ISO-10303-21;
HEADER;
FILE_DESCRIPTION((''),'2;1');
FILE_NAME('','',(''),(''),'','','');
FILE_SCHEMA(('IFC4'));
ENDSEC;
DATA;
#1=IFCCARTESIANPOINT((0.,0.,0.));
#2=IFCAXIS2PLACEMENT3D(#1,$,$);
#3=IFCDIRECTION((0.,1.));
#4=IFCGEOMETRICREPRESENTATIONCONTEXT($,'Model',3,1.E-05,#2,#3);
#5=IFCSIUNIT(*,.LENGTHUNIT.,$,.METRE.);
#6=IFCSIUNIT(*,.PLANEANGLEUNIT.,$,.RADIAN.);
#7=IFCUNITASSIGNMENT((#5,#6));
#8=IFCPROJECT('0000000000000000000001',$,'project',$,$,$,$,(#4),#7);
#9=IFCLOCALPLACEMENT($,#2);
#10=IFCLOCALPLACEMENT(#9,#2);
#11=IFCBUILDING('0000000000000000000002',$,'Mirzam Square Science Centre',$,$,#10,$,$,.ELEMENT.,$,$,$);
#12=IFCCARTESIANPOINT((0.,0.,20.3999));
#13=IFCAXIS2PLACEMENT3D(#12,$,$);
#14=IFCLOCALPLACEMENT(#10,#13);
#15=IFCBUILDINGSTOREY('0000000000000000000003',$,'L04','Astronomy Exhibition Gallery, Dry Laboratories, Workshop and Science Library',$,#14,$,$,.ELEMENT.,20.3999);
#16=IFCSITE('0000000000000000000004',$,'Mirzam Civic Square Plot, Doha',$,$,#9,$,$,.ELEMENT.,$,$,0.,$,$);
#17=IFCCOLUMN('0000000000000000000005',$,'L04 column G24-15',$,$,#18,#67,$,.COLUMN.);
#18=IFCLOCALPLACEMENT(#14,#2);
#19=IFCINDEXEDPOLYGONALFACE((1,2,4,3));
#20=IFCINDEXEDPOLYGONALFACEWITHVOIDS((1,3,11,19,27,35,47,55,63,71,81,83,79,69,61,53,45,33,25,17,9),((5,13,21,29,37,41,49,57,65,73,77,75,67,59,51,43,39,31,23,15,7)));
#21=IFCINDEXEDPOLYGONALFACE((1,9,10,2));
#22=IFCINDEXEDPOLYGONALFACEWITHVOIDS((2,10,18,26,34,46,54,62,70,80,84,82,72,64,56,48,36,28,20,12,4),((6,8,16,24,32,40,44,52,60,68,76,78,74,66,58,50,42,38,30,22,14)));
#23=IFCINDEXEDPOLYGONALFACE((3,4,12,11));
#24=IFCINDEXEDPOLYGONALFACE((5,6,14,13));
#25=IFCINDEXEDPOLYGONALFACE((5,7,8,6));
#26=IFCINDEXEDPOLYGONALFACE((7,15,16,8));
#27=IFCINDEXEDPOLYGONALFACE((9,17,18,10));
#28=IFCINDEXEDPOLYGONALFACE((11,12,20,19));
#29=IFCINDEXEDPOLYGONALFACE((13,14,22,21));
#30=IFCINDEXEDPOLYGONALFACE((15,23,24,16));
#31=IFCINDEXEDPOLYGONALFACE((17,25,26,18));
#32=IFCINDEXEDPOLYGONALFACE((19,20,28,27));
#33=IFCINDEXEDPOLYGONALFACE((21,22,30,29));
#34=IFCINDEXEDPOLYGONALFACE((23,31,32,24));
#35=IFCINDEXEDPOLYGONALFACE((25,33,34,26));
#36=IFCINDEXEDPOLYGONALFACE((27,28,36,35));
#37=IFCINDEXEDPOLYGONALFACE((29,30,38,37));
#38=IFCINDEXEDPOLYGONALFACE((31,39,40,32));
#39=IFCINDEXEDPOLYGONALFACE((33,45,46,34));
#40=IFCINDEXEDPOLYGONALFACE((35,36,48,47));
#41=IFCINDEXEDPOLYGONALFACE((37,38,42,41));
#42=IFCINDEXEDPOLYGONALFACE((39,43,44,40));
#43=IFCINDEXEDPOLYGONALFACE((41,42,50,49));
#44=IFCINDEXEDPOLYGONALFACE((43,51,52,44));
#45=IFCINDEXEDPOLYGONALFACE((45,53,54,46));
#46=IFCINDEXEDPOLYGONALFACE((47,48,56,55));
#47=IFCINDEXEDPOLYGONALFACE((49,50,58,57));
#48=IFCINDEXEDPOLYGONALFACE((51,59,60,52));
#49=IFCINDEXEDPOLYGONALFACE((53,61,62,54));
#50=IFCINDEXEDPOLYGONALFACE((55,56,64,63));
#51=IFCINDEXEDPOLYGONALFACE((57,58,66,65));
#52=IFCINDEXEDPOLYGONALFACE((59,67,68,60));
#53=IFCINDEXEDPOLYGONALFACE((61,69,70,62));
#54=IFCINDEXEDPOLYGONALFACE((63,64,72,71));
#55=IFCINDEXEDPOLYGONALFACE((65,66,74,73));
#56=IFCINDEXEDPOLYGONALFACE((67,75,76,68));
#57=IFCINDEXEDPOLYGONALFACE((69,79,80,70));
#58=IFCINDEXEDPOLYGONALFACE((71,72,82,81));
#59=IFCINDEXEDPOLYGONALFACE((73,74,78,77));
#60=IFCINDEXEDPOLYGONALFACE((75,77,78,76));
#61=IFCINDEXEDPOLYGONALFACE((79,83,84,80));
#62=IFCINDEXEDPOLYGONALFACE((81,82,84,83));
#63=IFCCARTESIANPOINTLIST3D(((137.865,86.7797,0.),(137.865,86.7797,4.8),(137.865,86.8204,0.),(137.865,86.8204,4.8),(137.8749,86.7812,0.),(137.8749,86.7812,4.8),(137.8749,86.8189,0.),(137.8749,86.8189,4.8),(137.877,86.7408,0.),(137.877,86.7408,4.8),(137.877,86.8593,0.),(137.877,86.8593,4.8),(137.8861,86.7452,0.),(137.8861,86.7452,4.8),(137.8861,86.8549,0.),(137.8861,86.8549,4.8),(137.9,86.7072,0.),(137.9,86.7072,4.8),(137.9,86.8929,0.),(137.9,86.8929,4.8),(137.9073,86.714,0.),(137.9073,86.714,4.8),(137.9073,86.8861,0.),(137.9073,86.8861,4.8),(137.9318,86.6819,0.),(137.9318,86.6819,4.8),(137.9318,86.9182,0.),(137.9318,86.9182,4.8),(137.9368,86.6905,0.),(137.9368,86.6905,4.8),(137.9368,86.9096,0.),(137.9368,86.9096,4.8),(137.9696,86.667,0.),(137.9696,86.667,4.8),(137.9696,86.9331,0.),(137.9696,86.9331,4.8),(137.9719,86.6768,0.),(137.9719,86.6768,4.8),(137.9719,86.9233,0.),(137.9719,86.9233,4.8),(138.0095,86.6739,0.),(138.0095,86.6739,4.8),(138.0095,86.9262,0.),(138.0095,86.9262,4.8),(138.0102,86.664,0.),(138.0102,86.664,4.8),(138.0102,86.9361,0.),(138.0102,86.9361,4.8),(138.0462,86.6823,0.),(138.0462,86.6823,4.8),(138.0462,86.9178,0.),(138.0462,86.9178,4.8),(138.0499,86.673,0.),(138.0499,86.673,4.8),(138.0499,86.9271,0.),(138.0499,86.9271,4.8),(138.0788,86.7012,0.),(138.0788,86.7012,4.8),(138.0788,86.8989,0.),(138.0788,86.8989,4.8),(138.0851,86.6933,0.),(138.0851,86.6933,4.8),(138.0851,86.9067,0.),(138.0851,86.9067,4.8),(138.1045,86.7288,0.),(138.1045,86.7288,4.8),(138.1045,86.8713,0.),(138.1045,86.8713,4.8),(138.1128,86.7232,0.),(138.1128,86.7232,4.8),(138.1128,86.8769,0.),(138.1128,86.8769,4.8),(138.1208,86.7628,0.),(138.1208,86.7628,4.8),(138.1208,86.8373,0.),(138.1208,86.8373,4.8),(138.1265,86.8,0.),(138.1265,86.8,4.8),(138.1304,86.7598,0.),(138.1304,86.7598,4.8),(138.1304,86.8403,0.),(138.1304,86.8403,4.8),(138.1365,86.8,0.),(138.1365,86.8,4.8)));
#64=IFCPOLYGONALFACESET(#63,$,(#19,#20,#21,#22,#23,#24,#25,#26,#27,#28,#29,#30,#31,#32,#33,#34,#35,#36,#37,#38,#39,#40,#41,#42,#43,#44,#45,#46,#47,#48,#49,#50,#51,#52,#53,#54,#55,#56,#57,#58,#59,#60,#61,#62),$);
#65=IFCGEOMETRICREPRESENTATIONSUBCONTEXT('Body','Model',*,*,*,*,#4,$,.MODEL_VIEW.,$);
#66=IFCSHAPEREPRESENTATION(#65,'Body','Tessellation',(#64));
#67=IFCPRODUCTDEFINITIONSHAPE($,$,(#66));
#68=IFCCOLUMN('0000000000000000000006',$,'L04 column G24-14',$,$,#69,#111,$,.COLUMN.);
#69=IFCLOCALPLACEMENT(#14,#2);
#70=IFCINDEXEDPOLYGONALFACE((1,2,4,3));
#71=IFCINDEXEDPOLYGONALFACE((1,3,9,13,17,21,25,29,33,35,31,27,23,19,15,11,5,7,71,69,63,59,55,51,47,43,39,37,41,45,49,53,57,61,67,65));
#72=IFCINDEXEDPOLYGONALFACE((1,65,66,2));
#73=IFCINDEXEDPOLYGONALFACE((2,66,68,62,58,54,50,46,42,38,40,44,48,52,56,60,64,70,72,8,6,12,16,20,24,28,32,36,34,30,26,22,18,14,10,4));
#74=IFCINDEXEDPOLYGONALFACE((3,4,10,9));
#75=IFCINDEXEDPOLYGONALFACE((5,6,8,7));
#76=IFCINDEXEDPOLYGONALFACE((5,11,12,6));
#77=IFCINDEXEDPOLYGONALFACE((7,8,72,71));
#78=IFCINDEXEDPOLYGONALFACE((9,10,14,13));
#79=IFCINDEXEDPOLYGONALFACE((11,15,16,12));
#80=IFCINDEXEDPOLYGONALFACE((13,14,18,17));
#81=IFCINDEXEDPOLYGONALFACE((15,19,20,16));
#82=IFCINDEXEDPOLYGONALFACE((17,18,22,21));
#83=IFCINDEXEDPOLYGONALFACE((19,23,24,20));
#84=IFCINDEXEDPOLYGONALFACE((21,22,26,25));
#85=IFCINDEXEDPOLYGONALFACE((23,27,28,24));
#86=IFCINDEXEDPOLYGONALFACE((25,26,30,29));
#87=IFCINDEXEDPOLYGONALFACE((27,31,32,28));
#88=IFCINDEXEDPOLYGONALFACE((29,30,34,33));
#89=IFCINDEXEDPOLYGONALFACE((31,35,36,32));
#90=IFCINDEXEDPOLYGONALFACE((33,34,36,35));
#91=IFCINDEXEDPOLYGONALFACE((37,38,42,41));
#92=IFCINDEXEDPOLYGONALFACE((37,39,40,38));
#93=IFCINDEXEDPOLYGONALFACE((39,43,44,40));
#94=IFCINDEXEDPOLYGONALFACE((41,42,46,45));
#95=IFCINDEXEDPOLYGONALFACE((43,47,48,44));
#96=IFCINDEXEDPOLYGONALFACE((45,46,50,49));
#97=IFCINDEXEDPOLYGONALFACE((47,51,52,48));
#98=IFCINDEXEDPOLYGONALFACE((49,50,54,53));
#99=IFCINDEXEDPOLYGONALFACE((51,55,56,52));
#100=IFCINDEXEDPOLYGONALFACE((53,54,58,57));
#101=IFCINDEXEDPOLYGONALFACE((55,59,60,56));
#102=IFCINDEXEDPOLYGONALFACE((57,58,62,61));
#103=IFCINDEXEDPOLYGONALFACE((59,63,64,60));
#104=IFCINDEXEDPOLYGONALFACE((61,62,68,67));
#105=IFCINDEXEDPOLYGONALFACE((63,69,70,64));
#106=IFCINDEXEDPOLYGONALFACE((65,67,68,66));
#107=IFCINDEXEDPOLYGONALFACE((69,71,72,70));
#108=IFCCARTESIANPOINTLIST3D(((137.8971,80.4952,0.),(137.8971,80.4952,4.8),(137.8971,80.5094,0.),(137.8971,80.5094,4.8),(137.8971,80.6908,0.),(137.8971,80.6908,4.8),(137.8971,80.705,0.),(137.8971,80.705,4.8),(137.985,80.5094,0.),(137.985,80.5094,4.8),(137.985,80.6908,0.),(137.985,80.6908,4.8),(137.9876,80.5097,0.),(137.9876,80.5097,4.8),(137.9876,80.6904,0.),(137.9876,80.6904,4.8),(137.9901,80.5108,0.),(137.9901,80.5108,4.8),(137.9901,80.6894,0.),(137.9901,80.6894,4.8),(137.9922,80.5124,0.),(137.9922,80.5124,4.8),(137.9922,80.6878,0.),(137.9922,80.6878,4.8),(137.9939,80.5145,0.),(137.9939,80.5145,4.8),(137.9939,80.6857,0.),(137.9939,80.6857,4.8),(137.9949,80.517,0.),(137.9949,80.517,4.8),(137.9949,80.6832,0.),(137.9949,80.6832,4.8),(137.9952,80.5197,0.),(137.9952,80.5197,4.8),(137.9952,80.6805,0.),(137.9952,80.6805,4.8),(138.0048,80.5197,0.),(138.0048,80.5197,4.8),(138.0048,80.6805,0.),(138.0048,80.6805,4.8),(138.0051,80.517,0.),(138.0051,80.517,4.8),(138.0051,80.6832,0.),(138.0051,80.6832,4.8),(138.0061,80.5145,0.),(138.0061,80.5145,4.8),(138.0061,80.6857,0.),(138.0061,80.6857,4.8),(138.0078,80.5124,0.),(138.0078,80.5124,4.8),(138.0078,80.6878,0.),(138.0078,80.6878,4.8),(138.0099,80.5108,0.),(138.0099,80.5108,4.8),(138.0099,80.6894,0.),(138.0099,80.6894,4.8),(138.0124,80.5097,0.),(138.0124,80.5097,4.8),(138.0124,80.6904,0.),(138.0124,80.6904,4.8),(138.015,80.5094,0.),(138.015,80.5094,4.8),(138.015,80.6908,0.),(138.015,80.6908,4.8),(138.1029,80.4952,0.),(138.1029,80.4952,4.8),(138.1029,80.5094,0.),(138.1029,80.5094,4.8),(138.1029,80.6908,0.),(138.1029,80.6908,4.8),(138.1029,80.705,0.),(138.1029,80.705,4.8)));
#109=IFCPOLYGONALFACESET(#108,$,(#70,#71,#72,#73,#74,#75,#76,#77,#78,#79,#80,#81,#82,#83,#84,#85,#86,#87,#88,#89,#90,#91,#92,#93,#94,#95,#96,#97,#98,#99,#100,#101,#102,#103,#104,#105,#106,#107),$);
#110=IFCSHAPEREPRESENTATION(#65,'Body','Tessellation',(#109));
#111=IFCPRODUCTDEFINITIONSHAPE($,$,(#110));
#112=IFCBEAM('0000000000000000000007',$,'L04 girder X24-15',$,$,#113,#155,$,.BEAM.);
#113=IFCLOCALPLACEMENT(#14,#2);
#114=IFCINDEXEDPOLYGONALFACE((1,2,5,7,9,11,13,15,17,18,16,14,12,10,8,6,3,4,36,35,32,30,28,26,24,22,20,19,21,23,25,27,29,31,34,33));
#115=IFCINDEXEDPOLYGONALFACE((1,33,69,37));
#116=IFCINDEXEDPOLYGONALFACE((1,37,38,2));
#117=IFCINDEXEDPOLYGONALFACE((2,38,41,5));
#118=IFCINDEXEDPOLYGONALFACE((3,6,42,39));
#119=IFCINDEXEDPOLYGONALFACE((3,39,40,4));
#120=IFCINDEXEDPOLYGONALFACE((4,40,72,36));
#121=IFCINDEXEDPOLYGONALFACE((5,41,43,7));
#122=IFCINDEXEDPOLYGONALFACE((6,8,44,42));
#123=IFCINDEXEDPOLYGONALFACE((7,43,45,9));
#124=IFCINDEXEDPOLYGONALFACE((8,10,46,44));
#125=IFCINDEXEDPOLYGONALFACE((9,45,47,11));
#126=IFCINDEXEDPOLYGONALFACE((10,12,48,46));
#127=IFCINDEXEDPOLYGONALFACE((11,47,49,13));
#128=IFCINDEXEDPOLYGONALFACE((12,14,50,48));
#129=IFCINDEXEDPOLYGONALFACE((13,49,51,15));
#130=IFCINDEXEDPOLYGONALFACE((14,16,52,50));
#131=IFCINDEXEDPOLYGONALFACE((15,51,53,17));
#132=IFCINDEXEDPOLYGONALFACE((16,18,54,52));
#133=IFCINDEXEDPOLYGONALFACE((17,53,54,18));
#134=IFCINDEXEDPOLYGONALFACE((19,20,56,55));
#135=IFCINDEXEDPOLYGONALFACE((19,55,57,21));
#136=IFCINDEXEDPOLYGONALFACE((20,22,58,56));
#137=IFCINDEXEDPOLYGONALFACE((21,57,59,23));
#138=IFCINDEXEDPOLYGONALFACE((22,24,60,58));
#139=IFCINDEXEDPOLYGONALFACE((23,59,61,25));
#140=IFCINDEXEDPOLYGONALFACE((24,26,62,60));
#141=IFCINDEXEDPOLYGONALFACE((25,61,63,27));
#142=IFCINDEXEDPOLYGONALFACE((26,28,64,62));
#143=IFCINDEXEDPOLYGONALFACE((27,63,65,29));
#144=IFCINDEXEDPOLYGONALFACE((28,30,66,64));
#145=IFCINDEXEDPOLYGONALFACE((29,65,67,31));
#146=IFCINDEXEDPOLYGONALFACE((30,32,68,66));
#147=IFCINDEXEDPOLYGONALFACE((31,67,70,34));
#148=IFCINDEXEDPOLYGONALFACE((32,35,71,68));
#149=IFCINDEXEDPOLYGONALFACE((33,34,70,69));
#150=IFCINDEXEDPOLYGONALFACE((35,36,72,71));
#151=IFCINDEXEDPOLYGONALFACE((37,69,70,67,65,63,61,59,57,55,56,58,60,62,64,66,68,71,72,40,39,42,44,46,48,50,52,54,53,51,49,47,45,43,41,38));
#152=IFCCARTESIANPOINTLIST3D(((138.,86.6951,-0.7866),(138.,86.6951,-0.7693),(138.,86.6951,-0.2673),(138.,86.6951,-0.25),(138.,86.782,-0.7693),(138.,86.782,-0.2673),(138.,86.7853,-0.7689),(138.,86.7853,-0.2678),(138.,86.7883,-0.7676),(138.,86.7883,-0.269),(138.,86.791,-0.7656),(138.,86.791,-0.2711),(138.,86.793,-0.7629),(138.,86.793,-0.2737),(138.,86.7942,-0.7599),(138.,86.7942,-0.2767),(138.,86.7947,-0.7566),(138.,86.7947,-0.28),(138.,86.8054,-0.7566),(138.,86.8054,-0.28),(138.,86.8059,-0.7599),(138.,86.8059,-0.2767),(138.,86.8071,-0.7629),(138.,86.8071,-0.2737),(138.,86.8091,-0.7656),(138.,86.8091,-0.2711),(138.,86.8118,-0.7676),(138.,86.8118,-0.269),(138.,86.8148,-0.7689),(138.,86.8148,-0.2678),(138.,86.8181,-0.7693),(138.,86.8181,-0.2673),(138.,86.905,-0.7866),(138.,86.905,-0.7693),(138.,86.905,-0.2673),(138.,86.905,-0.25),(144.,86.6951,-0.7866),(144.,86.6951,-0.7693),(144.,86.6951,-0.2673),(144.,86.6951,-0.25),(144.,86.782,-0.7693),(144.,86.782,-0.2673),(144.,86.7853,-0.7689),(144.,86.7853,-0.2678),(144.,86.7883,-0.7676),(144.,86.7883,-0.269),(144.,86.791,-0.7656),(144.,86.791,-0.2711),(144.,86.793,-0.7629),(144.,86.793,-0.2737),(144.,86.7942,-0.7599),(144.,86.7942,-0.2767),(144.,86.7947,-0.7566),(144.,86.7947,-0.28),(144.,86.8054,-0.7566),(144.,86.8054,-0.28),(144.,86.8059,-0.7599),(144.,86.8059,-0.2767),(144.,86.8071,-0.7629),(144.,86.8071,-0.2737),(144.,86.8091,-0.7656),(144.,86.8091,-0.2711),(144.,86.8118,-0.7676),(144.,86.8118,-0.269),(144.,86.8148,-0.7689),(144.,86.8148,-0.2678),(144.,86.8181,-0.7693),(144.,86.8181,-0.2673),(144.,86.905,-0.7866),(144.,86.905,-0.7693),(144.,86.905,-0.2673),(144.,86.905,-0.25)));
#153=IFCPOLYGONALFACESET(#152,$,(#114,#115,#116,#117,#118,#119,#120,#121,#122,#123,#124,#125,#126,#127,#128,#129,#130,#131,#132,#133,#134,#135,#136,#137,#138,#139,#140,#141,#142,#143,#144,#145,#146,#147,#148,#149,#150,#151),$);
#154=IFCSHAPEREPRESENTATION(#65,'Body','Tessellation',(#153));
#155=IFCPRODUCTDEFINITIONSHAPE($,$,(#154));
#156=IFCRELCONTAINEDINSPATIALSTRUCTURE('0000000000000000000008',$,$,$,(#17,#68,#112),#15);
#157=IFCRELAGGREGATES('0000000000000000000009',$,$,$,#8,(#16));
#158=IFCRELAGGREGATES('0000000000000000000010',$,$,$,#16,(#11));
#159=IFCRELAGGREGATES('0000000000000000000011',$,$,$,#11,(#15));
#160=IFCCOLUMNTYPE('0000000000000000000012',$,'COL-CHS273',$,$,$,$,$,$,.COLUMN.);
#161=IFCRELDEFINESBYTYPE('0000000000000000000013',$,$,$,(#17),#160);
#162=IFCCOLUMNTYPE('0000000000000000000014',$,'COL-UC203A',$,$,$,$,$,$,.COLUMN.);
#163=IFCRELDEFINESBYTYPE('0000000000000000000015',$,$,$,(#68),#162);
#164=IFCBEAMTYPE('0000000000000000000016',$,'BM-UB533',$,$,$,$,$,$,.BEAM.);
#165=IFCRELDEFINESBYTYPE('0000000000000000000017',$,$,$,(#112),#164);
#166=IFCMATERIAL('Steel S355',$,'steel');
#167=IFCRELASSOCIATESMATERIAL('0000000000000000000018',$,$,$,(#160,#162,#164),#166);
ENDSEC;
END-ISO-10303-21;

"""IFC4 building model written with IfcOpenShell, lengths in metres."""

from ifc_helpers import new_model, si_unit, direction, frame, origin, origin_2d, place, context, subcontext, project, spatial, hollow_circle, i_section, extrude, material, material_profile, profile_set, type_object, element, save


model = new_model("IFC4")

# Units and contexts
model_context = context("Model", 3, precision=1e-05, world=origin(), true_north=direction((0.0, 1.0)))
body_context = subcontext(model_context, "Body", "Model", "MODEL_VIEW")
ifc_project = project(units=[si_unit("LENGTHUNIT", "METRE"), si_unit("PLANEANGLEUNIT", "RADIAN")], contexts=[model_context])

# Site, building, storey
site_placement = place(None, origin())
site = spatial("IfcSite", under=ifc_project, at=site_placement, Name="Mirzam Civic Square Plot, Doha", CompositionType="ELEMENT", RefElevation=0.0)
building_placement = place(site_placement, origin())
building = spatial("IfcBuilding", under=site, at=building_placement, Name="Mirzam Square Science Centre", CompositionType="ELEMENT")
storey_placement = place(building_placement, frame((0.0, 0.0, 20.3999)))
storey = spatial("IfcBuildingStorey", under=building, at=storey_placement, Name="L04", Description="Astronomy Exhibition Gallery, Dry Laboratories, Workshop and Science Library", CompositionType="ELEMENT", Elevation=20.3999)

# Columns
ifc_material_1 = material(Name="Steel S355", Category="steel")
ifc_material_profile_1 = material_profile(ifc_material_1, hollow_circle(Radius=0.1365, WallThickness=0.01, at=origin_2d()), Name="273.0x10.0CHS")
ifc_profile_set_1 = profile_set([ifc_material_profile_1], Name="Steel S355")
column_type_1 = type_object("IfcColumnType", Name="COL-CHS273", PredefinedType="COLUMN", material=ifc_profile_set_1)
column_1_placement = place(storey_placement, frame((138.0, 86.8, 0.0), z_axis=(0.0, 0.0, 1.0), x_axis=(1.0, 0.0, 0.0)))
element("IfcColumn", 1, at=column_1_placement, inside=storey, type_object=column_type_1, Name="L04 column G24-15", PredefinedType="COLUMN", context=body_context, shape_type="SweptSolid", body=[
    extrude(hollow_circle(Radius=0.1365, WallThickness=0.01, at=origin_2d()), origin(), (0.0, 0.0, 1.0), 4.8),
])
ifc_material_profile_2 = material_profile(ifc_material_1, i_section(OverallWidth=0.2058, OverallDepth=0.2097, WebThickness=0.0095, FlangeThickness=0.0142, FilletRadius=0.0103, at=origin_2d()), Name="203x203x60UC")
ifc_profile_set_2 = profile_set([ifc_material_profile_2], Name="Steel S355")
column_type_2 = type_object("IfcColumnType", Name="COL-UC203A", PredefinedType="COLUMN", material=ifc_profile_set_2)
column_2_placement = place(storey_placement, frame((138.0, 80.6001, 0.0), z_axis=(0.0, 0.0, 1.0), x_axis=(1.0, 0.0, 0.0)))
element("IfcColumn", 2, at=column_2_placement, inside=storey, type_object=column_type_2, Name="L04 column G24-14", PredefinedType="COLUMN", context=body_context, shape_type="SweptSolid", body=[
    extrude(i_section(OverallWidth=0.2058, OverallDepth=0.2097, WebThickness=0.0095, FlangeThickness=0.0142, FilletRadius=0.0103, at=origin_2d()), origin(), (0.0, 0.0, 1.0), 4.8),
])

# Beam
ifc_material_profile_3 = material_profile(ifc_material_1, i_section(OverallWidth=0.21, OverallDepth=0.5366, WebThickness=0.0107, FlangeThickness=0.0173, FilletRadius=0.0127, at=origin_2d()), Name="533x210x101UB")
ifc_profile_set_3 = profile_set([ifc_material_profile_3], Name="Steel S355")
beam_type_1 = type_object("IfcBeamType", Name="BM-UB533", PredefinedType="BEAM", material=ifc_profile_set_3)
beam_1_placement = place(storey_placement, frame((138.0, 86.8, -0.5183), z_axis=(1.0, 0.0, 0.0), x_axis=(0.0, 1.0, 0.0)))
element("IfcBeam", 3, at=beam_1_placement, inside=storey, type_object=beam_type_1, Name="L04 girder X24-15", PredefinedType="BEAM", context=body_context, shape_type="SweptSolid", body=[
    extrude(i_section(OverallWidth=0.21, OverallDepth=0.5366, WebThickness=0.0107, FlangeThickness=0.0173, FilletRadius=0.0127, at=origin_2d()), origin(), (0.0, 0.0, 1.0), 6.0),
])

save(model, "model.ifc")
